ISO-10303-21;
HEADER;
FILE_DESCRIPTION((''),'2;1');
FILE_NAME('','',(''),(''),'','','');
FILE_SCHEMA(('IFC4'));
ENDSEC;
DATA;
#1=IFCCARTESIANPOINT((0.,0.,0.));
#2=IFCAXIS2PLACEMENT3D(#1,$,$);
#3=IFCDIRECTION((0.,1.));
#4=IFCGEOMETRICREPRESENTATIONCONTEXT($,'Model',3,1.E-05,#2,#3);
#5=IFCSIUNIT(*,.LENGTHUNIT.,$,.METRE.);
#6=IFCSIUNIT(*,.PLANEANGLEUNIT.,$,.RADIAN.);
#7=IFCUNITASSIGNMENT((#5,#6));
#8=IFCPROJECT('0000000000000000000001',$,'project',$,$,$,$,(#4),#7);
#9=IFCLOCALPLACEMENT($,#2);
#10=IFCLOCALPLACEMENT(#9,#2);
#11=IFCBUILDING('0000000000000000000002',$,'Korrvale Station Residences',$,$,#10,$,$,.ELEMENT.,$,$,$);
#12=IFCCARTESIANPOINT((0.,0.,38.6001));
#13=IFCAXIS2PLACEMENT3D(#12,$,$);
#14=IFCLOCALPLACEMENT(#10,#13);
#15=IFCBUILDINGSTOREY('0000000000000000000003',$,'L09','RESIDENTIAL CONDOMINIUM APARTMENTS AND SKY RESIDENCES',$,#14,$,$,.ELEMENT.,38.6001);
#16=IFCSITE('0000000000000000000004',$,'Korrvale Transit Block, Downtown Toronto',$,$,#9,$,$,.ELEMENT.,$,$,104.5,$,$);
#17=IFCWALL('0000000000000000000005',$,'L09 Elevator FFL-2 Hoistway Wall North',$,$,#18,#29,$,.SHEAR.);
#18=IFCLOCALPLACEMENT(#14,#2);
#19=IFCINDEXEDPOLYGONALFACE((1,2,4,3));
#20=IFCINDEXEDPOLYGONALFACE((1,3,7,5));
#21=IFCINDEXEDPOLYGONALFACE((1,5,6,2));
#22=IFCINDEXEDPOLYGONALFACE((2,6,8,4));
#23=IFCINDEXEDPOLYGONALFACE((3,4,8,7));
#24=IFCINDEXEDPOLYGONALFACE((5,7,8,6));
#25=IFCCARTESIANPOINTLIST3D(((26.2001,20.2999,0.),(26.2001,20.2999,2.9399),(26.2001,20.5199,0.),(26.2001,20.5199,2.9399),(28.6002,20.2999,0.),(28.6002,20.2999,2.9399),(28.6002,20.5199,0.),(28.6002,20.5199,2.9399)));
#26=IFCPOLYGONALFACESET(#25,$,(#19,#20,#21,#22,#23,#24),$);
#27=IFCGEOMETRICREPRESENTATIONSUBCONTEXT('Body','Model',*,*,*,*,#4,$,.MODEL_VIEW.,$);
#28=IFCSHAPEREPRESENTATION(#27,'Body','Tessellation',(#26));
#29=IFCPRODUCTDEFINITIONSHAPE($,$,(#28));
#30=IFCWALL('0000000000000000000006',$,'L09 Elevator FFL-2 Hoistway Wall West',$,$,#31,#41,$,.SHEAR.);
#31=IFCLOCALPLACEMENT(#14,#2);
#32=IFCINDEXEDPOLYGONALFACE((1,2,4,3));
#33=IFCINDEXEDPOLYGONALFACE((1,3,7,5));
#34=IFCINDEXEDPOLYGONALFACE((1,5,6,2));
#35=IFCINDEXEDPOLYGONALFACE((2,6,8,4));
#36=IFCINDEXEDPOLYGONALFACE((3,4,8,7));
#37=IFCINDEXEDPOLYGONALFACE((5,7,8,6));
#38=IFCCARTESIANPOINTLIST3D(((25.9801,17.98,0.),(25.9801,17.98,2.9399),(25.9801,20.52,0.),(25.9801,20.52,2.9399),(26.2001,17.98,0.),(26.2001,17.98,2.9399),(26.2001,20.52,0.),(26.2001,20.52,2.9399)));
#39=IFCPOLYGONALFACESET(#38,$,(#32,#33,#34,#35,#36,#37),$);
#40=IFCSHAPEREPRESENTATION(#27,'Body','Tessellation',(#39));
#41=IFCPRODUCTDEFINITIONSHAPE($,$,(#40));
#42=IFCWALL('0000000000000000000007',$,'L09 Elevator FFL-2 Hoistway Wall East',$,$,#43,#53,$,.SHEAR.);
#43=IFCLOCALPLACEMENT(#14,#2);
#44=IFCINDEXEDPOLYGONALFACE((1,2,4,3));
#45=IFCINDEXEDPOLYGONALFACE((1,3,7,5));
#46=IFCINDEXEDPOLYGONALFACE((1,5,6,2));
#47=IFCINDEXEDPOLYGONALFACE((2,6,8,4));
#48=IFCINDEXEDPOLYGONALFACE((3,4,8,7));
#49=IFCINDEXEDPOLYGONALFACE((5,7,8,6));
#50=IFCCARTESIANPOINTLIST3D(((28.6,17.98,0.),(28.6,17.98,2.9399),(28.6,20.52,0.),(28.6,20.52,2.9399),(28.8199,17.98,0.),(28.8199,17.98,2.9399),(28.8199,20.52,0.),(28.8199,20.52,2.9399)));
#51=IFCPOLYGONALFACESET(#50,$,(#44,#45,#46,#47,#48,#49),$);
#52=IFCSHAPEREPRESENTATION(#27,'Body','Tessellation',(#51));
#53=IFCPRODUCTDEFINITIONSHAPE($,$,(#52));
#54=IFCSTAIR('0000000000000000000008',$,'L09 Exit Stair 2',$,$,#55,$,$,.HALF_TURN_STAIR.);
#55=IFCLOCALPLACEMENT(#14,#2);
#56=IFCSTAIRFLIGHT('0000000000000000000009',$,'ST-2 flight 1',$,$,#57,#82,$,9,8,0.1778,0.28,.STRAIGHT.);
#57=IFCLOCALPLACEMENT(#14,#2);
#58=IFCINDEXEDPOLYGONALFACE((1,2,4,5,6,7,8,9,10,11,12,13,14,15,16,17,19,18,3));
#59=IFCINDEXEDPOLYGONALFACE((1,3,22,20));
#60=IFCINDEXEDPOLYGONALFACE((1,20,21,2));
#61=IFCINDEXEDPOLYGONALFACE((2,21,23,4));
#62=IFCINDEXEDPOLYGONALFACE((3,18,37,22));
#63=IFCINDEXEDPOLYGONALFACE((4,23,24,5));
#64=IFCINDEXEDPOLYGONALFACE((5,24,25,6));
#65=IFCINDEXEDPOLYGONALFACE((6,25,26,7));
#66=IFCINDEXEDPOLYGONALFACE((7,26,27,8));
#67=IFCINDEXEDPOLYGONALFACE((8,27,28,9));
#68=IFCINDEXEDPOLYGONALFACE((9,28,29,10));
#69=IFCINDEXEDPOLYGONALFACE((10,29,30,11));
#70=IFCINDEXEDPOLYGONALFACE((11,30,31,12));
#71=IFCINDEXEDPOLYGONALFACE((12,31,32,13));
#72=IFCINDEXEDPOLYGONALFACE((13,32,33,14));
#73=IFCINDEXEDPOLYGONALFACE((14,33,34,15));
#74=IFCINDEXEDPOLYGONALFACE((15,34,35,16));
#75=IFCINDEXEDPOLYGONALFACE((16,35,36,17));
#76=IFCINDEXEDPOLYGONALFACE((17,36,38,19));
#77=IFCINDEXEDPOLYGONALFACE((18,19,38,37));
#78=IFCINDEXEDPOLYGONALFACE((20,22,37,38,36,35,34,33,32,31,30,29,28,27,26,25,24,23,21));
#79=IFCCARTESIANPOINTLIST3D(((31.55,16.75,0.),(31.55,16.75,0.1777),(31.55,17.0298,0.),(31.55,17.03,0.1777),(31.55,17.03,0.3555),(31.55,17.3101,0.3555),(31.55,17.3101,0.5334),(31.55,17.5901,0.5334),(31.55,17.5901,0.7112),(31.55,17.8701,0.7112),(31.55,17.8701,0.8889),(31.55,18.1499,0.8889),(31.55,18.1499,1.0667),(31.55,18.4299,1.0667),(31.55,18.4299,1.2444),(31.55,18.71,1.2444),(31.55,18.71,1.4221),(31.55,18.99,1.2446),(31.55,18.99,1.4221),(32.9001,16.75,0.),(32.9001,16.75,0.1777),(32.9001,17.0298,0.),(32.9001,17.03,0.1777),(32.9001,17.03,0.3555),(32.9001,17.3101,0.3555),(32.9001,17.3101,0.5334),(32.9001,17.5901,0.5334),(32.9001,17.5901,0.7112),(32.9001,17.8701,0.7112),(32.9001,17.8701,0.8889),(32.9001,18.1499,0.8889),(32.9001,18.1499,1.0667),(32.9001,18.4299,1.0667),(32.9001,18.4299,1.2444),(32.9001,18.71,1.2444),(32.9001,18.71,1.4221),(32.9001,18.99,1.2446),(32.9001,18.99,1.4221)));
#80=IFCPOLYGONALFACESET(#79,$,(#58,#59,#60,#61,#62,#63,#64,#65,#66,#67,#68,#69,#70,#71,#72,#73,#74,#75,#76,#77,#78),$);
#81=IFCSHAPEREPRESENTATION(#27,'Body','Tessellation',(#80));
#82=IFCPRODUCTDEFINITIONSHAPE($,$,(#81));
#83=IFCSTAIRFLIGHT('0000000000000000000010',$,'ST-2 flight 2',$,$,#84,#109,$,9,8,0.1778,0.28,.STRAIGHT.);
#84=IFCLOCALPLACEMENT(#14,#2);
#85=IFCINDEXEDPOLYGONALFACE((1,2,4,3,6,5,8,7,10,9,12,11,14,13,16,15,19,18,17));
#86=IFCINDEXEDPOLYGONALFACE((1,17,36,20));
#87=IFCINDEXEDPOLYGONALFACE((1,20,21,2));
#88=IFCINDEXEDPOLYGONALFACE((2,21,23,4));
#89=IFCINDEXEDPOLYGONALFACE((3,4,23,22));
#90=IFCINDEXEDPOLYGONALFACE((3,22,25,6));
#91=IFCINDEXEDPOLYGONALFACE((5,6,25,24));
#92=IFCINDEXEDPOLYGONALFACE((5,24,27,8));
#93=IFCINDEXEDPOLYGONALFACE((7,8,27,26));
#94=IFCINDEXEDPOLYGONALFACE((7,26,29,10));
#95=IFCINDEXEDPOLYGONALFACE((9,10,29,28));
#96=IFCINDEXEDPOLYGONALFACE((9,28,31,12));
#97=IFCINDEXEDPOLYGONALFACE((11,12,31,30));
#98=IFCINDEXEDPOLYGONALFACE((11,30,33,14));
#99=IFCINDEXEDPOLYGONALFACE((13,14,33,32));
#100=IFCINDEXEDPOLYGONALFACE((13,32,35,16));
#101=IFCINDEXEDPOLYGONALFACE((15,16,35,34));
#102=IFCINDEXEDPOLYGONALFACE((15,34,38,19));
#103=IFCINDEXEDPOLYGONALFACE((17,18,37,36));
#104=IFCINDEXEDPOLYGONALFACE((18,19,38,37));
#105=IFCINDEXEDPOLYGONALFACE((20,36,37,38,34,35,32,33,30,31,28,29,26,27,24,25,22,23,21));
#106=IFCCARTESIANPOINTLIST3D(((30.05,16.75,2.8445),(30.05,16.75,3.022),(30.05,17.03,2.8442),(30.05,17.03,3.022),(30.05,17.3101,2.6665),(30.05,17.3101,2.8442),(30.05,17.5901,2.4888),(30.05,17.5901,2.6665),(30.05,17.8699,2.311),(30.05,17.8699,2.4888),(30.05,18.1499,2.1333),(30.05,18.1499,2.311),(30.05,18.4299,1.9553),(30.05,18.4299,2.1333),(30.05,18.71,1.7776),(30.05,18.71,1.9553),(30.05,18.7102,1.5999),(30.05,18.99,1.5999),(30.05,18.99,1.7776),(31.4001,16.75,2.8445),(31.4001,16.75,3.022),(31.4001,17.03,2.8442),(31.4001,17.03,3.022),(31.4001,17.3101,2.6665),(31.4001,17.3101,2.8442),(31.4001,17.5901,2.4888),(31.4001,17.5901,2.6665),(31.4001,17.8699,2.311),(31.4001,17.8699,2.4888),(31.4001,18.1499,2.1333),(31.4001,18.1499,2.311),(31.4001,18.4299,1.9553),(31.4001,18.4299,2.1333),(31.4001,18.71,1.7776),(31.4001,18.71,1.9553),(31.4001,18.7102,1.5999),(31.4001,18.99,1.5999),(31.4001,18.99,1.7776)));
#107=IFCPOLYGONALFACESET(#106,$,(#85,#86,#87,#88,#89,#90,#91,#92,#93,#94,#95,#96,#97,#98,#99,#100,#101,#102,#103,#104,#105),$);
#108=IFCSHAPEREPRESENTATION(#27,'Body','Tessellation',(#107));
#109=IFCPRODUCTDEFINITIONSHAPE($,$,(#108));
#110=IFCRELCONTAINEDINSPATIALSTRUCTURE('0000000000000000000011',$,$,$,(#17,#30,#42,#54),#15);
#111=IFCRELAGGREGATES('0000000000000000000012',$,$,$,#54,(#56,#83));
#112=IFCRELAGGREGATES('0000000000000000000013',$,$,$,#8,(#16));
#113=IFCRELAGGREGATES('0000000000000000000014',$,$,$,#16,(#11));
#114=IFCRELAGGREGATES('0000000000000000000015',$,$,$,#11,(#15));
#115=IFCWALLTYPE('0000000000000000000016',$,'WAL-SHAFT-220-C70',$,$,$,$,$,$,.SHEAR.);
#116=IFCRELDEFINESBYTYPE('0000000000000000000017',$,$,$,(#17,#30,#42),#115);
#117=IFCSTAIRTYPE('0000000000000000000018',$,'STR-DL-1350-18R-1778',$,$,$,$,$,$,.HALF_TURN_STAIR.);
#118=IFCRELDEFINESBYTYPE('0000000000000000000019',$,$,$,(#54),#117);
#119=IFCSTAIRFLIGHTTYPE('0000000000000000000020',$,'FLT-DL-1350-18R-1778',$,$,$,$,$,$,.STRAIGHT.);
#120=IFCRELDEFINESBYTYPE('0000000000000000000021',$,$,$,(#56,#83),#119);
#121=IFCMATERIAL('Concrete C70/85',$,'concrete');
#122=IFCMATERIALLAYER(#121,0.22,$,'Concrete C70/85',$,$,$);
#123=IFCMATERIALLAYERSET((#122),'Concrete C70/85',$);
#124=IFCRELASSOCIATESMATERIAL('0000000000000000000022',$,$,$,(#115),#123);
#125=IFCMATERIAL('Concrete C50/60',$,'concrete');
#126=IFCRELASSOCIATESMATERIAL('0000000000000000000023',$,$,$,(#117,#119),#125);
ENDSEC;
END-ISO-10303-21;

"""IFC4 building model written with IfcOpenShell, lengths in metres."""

from ifc_helpers import new_model, si_unit, direction, frame, frame_2d, origin, place, context, subcontext, project, spatial, polyline, rectangle, outline, extrude, material, layer, layer_set, type_object, element, aggregate, save


model = new_model("IFC4")

# Units and contexts
model_context = context("Model", 3, precision=1e-05, world=origin(), true_north=direction((0.0, 1.0)))
body_context = subcontext(model_context, "Body", "Model", "MODEL_VIEW")
ifc_project = project(units=[si_unit("LENGTHUNIT", "METRE"), si_unit("PLANEANGLEUNIT", "RADIAN")], contexts=[model_context])

# Site, building, storey
site_placement = place(None, origin())
site = spatial("IfcSite", under=ifc_project, at=site_placement, Name="Korrvale Transit Block, Downtown Toronto", CompositionType="ELEMENT", RefElevation=104.5)
building_placement = place(site_placement, origin())
building = spatial("IfcBuilding", under=site, at=building_placement, Name="Korrvale Station Residences", CompositionType="ELEMENT")
storey_placement = place(building_placement, frame((0.0, 0.0, 38.6001)))
storey = spatial("IfcBuildingStorey", under=building, at=storey_placement, Name="L09", Description="RESIDENTIAL CONDOMINIUM APARTMENTS AND SKY RESIDENCES", CompositionType="ELEMENT", Elevation=38.6001)

# Shared definitions
ifc_material_1 = material(Name="Concrete C70/85", Category="concrete")

# Shared definitions
ifc_layer_1 = layer(ifc_material_1, 0.22, Name="Concrete C70/85")
ifc_layer_set_1 = layer_set([ifc_layer_1], Name="Concrete C70/85")
wall_type_1 = type_object("IfcWallType", Name="WAL-SHAFT-220-C70", PredefinedType="SHEAR", material=ifc_layer_set_1)

# Walls
wall_1_placement = place(storey_placement, frame((26.2, 20.4099, 0.0), z_axis=(0.0, 0.0, 1.0), x_axis=(1.0, 0.0, 0.0)))
element("IfcWall", 1, at=wall_1_placement, inside=storey, type_object=wall_type_1, Name="L09 Elevator FFL-2 Hoistway Wall North", PredefinedType="SHEAR", context=body_context, shape_type="SweptSolid", body=[
    extrude(rectangle(XDim=2.4001, YDim=0.22, at=frame_2d((1.2002, 0.0))), origin(), (0.0, 0.0, 1.0), 2.9399),
])
for number, where, z_axis, x_axis, name in (
    (2, (26.0901, 17.98, 0.0), (0.0, 0.0, 1.0), (0.0, 1.0, 0.0), "L09 Elevator FFL-2 Hoistway Wall West"),
    (3, (28.71, 17.98, 0.0), (0.0, 0.0, 1.0), (0.0, 1.0, 0.0), "L09 Elevator FFL-2 Hoistway Wall East"),
):
    element("IfcWall", number, at=place(storey_placement, frame(where, z_axis=z_axis, x_axis=x_axis)), inside=storey, type_object=wall_type_1, Name=name, PredefinedType="SHEAR", context=body_context, shape_type="SweptSolid", body=[
        extrude(rectangle(XDim=2.54, YDim=0.22, at=frame_2d((1.27, 0.0))), origin(), (0.0, 0.0, 1.0), 2.9399),
    ])

# Stair, stair flights
ifc_material_2 = material(Name="Concrete C50/60", Category="concrete")
stair_type = type_object("IfcStairType", Name="STR-DL-1350-18R-1778", PredefinedType="HALF_TURN_STAIR", material=ifc_material_2)
stair_placement = place(storey_placement, origin())
stair = element("IfcStair", 4, at=stair_placement, inside=storey, type_object=stair_type, Name="L09 Exit Stair 2", PredefinedType="HALF_TURN_STAIR")
stair_flight_type = type_object("IfcStairFlightType", Name="FLT-DL-1350-18R-1778", PredefinedType="STRAIGHT", material=ifc_material_2)
stair_flight_1_placement = place(storey_placement, frame((32.2251, 16.75, 0.0), z_axis=(0.0, 0.0, 1.0), x_axis=(0.0, 1.0, 0.0)))
stair_flight_1 = element("IfcStairFlight", 5, at=stair_flight_1_placement, type_object=stair_flight_type, Name="ST-2 flight 1", NumberOfRisers=9, NumberOfTreads=8, PredefinedType="STRAIGHT", RiserHeight=0.1778, TreadLength=0.28, context=body_context, shape_type="SweptSolid", body=[
    extrude(outline(polyline([(0.0, 0.0), (0.0, 0.1777), (0.28, 0.1777), (0.28, 0.3555), (0.5601, 0.3555), (0.5601, 0.5334), (0.8401, 0.5334), (0.8401, 0.7112), (1.1201, 0.7112), (1.1201, 0.8889), (1.3999, 0.8889), (1.3999, 1.0667), (1.6799, 1.0667), (1.6799, 1.2444), (1.96, 1.2444), (1.96, 1.4221), (2.24, 1.4221), (2.24, 1.6001), (2.24, 1.2446), (0.2798, 0.0), (0.0, 0.0)])), frame((0.0, 0.675, 0.0), z_axis=(0.0, -1.0, 0.0), x_axis=(1.0, 0.0, 0.0)), (0.0, 0.0, 1.0), 1.3501),
])
stair_flight_2_placement = place(storey_placement, frame((30.7251, 18.99, 1.5999), z_axis=(0.0, 0.0, 1.0), x_axis=(0.0, -1.0, 0.0)))
stair_flight_2 = element("IfcStairFlight", 6, at=stair_flight_2_placement, type_object=stair_flight_type, Name="ST-2 flight 2", NumberOfRisers=9, NumberOfTreads=8, PredefinedType="STRAIGHT", RiserHeight=0.1778, TreadLength=0.28, context=body_context, shape_type="SweptSolid", body=[
    extrude(outline(polyline([(0.0, 0.0), (0.0, 0.1777), (0.28, 0.1777), (0.28, 0.3555), (0.5601, 0.3555), (0.5601, 0.5334), (0.8401, 0.5334), (0.8401, 0.7112), (1.1201, 0.7112), (1.1201, 0.8889), (1.3999, 0.8889), (1.3999, 1.0667), (1.6799, 1.0667), (1.6799, 1.2444), (1.96, 1.2444), (1.96, 1.4221), (2.24, 1.4221), (2.24, 1.6001), (2.24, 1.2446), (0.2798, 0.0), (0.0, 0.0)])), frame((0.0, 0.675, 0.0), z_axis=(0.0, -1.0, 0.0), x_axis=(1.0, 0.0, 0.0)), (0.0, 0.0, 1.0), 1.3501),
])
aggregate(stair, [stair_flight_1, stair_flight_2])

save(model, "model.ifc")
